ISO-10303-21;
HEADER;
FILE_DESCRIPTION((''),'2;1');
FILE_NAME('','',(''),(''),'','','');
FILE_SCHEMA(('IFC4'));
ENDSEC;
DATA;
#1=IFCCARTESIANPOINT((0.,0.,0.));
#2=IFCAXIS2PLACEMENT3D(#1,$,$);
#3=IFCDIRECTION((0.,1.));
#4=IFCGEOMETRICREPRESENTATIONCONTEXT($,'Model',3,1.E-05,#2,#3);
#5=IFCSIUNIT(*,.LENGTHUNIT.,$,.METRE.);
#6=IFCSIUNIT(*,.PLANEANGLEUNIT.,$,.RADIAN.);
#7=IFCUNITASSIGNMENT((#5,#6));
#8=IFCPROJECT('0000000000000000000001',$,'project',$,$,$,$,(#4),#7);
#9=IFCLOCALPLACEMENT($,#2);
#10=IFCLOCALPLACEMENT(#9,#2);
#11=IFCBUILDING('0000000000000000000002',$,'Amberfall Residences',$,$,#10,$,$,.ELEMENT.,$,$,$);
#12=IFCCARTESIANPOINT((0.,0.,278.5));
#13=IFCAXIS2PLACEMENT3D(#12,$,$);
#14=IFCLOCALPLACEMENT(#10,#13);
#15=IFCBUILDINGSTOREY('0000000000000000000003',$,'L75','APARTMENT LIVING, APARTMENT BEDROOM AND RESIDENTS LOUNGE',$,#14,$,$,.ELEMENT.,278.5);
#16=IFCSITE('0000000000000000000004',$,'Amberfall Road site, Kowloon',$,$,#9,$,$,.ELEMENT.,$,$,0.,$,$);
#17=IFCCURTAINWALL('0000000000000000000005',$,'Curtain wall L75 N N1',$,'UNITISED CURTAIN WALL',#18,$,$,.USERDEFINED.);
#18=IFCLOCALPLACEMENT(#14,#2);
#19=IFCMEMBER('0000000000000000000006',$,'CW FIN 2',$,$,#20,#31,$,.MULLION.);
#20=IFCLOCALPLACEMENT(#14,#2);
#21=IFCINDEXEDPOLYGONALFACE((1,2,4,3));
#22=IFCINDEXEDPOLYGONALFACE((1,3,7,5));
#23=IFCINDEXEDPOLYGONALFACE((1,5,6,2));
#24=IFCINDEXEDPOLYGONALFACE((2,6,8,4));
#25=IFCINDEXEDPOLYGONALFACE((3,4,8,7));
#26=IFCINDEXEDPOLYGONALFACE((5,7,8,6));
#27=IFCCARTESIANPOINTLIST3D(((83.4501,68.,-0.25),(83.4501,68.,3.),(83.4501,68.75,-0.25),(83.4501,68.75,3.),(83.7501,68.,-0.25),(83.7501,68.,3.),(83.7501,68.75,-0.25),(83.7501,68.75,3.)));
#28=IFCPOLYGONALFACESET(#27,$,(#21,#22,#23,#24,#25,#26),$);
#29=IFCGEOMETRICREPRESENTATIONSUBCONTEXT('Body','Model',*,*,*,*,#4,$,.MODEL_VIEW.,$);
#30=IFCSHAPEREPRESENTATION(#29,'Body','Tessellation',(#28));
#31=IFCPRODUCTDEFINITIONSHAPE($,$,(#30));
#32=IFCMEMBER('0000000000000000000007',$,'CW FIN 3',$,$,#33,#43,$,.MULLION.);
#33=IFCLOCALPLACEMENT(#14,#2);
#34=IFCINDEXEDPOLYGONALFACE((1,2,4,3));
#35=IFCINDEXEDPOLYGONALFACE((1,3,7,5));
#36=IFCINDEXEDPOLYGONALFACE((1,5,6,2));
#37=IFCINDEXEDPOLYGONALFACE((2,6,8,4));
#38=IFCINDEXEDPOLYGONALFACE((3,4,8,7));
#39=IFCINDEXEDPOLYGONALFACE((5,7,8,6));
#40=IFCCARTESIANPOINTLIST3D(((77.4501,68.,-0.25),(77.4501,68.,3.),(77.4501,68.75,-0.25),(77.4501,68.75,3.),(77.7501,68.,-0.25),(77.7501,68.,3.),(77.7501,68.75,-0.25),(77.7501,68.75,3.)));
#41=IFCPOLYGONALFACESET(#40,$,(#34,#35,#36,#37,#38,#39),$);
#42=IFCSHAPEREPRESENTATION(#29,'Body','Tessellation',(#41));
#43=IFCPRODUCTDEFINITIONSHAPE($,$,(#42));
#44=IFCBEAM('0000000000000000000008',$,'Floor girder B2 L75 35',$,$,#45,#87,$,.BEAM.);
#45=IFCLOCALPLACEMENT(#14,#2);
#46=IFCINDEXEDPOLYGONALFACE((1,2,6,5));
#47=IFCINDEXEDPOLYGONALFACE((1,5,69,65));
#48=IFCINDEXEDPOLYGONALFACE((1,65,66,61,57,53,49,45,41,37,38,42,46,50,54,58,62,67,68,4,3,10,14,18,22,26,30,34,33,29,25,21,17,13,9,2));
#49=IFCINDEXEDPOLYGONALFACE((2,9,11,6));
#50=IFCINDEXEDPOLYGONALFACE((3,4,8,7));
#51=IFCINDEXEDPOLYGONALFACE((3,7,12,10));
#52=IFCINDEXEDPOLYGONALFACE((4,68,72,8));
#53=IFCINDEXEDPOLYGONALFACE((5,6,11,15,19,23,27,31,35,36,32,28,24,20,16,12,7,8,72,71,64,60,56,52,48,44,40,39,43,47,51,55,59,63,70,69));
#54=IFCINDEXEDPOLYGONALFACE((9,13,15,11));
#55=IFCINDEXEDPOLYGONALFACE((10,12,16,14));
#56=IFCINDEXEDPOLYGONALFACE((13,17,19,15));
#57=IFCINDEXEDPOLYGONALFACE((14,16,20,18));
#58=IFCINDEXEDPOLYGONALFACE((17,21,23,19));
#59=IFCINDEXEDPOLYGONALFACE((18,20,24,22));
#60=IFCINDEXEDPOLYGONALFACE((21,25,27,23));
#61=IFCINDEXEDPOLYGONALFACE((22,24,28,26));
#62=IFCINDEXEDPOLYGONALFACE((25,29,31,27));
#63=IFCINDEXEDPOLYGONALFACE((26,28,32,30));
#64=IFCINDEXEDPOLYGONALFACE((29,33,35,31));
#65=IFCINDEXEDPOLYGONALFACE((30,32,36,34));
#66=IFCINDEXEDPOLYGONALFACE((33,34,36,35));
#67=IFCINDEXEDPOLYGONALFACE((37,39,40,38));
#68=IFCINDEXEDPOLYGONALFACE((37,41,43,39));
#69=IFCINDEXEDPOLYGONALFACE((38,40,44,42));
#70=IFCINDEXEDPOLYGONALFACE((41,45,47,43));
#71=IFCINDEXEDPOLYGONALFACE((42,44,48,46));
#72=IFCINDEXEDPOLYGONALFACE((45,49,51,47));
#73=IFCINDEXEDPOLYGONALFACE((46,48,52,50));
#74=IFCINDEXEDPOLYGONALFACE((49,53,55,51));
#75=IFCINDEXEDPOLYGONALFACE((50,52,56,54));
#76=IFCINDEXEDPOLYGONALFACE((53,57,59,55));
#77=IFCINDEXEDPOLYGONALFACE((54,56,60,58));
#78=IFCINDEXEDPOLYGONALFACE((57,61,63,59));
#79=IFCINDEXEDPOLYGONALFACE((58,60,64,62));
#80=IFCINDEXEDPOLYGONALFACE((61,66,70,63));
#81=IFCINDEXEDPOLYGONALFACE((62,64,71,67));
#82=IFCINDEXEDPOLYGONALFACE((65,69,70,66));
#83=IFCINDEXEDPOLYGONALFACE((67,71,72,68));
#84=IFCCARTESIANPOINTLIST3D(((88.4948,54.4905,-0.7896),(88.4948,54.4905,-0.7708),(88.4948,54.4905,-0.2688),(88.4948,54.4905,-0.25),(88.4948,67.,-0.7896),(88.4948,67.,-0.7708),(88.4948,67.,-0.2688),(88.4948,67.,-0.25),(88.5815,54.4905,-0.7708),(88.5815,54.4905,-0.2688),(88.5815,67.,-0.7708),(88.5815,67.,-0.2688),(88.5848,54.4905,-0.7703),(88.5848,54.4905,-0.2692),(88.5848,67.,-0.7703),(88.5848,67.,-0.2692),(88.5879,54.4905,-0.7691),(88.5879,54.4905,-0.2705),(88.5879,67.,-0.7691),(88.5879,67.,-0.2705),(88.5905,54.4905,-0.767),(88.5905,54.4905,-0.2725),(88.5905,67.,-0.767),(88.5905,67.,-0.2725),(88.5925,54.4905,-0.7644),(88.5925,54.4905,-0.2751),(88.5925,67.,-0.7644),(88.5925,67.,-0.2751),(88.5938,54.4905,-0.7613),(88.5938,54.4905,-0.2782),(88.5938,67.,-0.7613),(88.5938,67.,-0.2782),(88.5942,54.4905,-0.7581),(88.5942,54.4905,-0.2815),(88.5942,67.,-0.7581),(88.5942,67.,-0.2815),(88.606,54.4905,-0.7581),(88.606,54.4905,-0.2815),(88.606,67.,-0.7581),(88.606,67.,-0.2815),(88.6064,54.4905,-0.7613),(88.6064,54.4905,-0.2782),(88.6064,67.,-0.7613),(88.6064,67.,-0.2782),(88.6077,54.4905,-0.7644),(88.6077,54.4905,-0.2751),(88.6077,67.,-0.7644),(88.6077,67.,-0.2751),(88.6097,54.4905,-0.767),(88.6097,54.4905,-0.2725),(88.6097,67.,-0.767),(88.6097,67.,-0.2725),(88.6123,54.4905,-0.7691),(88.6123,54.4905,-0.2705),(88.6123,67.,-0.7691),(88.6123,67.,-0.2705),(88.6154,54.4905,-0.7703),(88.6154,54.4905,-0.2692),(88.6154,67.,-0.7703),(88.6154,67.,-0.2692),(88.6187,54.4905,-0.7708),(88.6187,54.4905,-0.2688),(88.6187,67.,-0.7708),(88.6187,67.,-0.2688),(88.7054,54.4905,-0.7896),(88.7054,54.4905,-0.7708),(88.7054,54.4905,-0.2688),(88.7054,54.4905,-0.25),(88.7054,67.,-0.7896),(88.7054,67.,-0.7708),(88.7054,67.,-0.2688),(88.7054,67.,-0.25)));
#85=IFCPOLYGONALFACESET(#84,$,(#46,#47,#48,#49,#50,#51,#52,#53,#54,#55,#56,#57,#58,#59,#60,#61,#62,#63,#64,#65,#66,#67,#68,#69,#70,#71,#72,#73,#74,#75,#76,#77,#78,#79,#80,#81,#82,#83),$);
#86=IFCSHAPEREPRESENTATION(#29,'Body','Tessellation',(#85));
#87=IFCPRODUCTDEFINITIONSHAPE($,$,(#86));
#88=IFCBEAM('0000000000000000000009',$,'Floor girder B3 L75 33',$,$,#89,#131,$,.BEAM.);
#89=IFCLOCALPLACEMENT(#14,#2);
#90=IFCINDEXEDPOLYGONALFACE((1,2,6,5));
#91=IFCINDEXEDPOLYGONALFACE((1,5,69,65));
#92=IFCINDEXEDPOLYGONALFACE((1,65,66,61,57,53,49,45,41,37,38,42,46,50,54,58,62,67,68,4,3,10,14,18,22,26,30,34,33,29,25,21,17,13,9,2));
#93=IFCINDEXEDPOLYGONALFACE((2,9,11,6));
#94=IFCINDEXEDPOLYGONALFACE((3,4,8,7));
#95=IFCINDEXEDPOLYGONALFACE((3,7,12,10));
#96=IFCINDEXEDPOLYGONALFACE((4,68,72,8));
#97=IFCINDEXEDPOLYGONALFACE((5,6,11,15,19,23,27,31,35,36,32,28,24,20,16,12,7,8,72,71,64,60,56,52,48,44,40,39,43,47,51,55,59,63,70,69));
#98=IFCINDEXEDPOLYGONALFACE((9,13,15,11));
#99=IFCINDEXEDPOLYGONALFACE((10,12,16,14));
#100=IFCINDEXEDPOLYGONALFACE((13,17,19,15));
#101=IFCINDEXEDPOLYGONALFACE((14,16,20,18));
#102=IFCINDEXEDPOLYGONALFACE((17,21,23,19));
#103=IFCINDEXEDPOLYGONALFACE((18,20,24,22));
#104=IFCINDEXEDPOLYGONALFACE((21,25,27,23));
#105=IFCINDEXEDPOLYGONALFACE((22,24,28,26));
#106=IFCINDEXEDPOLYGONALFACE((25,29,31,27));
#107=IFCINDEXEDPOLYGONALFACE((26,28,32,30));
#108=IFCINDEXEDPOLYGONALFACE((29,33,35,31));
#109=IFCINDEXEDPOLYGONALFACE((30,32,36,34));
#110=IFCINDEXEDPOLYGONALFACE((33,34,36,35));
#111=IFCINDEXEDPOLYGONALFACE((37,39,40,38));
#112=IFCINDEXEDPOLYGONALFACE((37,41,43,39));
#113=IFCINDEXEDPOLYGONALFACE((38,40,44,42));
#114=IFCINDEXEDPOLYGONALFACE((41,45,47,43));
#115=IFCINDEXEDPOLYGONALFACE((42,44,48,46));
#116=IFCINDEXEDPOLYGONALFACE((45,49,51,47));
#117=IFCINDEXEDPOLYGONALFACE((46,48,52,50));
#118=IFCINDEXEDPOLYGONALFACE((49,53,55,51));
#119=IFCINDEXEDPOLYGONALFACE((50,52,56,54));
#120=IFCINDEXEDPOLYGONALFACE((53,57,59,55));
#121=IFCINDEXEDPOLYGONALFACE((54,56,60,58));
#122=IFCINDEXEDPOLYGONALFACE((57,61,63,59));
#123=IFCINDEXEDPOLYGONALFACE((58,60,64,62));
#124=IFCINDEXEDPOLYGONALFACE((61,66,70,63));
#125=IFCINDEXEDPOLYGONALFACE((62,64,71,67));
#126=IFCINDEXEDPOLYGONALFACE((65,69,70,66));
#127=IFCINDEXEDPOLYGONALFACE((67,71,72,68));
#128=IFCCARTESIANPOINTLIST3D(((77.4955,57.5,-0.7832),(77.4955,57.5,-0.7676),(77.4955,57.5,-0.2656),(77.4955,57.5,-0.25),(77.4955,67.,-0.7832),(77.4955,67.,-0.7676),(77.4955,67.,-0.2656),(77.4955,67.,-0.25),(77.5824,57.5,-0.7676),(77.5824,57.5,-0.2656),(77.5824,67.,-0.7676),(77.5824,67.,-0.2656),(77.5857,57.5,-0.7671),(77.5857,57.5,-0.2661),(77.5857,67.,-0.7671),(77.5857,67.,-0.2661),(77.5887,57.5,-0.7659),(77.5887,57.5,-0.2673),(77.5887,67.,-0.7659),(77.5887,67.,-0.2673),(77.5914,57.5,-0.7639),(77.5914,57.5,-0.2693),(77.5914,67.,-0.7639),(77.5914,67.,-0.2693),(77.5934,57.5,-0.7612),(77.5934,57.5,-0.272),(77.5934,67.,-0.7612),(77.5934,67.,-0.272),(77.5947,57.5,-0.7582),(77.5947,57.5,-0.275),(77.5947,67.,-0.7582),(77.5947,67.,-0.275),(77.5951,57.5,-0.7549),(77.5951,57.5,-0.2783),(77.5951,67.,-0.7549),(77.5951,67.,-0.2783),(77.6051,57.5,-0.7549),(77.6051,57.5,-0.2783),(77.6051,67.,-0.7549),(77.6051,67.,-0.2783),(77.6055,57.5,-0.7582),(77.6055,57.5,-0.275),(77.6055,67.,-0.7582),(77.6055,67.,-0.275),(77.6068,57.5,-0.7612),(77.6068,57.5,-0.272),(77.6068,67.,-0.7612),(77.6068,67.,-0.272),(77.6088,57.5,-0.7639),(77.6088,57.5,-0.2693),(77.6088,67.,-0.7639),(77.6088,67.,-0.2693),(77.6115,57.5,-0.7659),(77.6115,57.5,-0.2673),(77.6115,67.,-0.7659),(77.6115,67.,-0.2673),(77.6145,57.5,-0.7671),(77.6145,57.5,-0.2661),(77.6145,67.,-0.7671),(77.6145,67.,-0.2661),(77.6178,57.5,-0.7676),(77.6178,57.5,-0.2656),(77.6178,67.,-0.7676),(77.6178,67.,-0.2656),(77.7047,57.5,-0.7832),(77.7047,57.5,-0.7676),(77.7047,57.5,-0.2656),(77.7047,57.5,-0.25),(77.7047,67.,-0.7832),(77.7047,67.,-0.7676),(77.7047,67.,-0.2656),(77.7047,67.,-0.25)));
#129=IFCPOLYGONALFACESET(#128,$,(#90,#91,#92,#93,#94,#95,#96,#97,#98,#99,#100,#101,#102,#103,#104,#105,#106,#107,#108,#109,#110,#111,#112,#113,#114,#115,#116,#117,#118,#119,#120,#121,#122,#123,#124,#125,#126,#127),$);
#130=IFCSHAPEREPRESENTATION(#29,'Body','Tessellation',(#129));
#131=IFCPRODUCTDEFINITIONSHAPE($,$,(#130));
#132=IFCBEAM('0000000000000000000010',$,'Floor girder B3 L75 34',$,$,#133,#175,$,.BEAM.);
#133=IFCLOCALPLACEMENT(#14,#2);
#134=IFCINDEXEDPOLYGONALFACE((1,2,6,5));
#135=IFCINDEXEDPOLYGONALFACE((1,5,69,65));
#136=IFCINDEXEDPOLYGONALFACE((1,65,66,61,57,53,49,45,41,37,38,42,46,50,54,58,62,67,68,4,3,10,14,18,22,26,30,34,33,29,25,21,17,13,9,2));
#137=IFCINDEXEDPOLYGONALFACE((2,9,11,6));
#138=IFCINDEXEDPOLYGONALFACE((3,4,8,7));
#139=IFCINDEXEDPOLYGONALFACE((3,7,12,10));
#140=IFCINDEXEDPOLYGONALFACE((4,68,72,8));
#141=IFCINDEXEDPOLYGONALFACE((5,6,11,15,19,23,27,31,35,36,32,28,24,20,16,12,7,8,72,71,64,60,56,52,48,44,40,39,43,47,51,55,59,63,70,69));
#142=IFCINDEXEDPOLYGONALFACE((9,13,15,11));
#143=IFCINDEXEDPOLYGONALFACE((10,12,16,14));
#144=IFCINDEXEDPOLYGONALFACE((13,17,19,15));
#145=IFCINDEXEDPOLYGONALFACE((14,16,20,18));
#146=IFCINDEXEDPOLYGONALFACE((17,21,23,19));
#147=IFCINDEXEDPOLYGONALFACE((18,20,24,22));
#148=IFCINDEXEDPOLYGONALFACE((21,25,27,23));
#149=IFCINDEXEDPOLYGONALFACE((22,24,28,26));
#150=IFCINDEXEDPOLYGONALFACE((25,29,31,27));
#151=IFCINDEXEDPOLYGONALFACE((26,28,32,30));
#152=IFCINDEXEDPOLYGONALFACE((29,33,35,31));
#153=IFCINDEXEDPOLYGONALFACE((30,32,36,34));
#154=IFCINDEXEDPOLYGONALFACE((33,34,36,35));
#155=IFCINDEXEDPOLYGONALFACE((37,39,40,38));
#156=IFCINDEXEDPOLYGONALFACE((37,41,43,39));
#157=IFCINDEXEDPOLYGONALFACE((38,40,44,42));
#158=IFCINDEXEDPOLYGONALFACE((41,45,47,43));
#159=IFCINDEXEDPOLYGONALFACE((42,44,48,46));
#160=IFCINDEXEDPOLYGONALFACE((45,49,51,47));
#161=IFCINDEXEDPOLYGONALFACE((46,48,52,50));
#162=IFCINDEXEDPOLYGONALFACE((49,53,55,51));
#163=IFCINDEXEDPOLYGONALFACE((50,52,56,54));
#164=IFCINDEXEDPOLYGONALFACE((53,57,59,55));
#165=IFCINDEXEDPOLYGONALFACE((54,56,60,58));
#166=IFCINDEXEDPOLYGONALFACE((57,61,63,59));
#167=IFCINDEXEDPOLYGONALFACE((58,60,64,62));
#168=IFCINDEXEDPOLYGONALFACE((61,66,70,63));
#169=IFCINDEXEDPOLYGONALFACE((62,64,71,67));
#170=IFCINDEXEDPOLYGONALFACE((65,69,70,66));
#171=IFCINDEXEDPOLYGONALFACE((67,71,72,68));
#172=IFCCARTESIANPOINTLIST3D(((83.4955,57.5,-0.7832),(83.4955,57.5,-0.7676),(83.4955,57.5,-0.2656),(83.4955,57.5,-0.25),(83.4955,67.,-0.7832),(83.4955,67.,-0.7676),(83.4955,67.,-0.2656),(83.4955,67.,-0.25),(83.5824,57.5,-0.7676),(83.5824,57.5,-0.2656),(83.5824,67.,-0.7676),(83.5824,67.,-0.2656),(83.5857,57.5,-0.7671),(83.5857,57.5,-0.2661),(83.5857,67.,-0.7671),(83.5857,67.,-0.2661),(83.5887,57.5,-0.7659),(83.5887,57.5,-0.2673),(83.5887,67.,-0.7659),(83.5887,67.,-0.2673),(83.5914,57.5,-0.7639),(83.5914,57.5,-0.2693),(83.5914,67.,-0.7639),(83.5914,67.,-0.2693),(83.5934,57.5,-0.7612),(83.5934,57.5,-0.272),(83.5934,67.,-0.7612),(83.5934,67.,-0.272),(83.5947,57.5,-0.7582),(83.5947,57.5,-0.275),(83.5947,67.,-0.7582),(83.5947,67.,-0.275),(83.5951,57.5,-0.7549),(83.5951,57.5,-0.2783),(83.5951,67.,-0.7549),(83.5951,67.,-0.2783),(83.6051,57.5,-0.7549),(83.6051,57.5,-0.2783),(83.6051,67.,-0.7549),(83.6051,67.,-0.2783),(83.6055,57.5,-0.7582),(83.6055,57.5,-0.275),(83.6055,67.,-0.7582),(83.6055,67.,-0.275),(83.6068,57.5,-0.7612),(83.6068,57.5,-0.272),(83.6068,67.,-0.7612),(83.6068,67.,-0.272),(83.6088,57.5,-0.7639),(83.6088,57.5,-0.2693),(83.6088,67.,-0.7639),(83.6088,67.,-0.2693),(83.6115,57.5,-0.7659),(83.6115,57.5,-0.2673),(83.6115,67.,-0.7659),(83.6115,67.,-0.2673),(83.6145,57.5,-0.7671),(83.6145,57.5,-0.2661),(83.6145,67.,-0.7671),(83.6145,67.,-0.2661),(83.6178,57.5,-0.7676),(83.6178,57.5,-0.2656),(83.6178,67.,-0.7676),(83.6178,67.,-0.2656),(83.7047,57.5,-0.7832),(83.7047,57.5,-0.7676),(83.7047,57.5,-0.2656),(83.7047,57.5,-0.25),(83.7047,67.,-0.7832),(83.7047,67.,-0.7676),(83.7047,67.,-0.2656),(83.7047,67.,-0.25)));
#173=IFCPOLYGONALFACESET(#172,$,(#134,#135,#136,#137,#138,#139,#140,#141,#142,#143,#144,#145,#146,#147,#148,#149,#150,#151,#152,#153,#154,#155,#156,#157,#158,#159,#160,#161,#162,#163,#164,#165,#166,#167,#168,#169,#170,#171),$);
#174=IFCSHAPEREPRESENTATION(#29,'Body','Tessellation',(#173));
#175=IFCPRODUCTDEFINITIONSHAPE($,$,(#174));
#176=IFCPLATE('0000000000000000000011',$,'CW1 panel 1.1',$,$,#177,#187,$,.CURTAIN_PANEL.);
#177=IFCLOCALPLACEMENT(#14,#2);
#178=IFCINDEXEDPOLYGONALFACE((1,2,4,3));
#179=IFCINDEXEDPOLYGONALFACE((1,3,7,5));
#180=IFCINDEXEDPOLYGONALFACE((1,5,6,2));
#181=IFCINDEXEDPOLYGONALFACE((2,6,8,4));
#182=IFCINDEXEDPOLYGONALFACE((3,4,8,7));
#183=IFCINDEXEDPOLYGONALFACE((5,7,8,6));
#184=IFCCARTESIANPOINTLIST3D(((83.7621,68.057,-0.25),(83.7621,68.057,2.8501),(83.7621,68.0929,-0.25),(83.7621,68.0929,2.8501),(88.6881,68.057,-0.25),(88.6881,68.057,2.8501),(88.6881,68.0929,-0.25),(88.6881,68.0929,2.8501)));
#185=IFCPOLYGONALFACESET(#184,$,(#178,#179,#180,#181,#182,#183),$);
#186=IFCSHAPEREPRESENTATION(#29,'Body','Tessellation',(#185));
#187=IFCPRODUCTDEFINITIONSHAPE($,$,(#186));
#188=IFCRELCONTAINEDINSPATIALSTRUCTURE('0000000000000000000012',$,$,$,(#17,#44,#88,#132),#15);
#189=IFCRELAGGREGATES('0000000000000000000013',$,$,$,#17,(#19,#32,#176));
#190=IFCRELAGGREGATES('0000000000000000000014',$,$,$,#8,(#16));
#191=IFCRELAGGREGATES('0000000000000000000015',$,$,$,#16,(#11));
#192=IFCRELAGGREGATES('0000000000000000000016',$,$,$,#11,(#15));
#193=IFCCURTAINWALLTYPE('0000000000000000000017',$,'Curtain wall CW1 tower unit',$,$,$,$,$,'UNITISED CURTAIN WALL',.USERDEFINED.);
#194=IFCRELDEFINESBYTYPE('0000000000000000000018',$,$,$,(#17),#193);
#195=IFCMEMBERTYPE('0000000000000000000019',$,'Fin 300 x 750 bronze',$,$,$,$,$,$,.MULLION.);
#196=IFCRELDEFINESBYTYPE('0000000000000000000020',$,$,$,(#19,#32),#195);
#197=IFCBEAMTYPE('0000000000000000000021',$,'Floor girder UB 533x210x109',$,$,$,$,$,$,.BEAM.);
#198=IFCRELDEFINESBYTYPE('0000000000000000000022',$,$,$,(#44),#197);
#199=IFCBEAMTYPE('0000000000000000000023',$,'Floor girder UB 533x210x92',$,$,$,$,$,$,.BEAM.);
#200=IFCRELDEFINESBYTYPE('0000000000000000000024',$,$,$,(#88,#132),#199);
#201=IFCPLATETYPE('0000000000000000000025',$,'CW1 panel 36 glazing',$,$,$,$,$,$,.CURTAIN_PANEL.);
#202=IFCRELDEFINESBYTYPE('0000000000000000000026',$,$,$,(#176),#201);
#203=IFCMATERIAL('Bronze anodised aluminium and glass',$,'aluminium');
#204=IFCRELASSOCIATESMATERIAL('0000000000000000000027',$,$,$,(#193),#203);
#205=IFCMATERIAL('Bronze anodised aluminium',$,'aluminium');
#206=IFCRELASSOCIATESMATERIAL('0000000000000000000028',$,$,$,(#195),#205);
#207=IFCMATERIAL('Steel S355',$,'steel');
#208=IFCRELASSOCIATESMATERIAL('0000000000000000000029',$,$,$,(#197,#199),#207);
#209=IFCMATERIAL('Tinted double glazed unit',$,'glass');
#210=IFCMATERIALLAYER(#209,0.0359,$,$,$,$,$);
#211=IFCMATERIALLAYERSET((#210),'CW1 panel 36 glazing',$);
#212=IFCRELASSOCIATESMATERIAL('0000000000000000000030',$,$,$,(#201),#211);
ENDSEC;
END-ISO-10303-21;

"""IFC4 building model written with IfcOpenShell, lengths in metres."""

from ifc_helpers import new_model, si_unit, direction, frame, origin, origin_2d, place, context, subcontext, project, spatial, rectangle, i_section, extrude, material, layer, layer_set, material_profile, profile_set, type_object, element, aggregate, save


model = new_model("IFC4")

# Units and contexts
model_context = context("Model", 3, precision=1e-05, world=origin(), true_north=direction((0.0, 1.0)))
body_context = subcontext(model_context, "Body", "Model", "MODEL_VIEW")
ifc_project = project(units=[si_unit("LENGTHUNIT", "METRE"), si_unit("PLANEANGLEUNIT", "RADIAN")], contexts=[model_context])

# Site, building, storey
site_placement = place(None, origin())
site = spatial("IfcSite", under=ifc_project, at=site_placement, Name="Amberfall Road site, Kowloon", CompositionType="ELEMENT", RefElevation=0.0)
building_placement = place(site_placement, origin())
building = spatial("IfcBuilding", under=site, at=building_placement, Name="Amberfall Residences", CompositionType="ELEMENT")
storey_placement = place(building_placement, frame((0.0, 0.0, 278.5)))
storey = spatial("IfcBuildingStorey", under=building, at=storey_placement, Name="L75", Description="APARTMENT LIVING, APARTMENT BEDROOM AND RESIDENTS LOUNGE", CompositionType="ELEMENT", Elevation=278.5)

# Curtain wall
ifc_material_1 = material(Name="Bronze anodised aluminium and glass", Category="aluminium")
curtain_wall_type = type_object("IfcCurtainWallType", Name="Curtain wall CW1 tower unit", ElementType="UNITISED CURTAIN WALL", PredefinedType="USERDEFINED", material=ifc_material_1)
curtain_wall_placement = place(storey_placement, origin())
curtain_wall = element("IfcCurtainWall", 1, at=curtain_wall_placement, inside=storey, type_object=curtain_wall_type, Name="Curtain wall L75 N N1", ObjectType="UNITISED CURTAIN WALL", PredefinedType="USERDEFINED")
ifc_material_2 = material(Name="Bronze anodised aluminium", Category="aluminium")

# Shared definitions
ifc_material_3 = material(Name="Steel S355", Category="steel")

# Members
ifc_material_profile_1 = material_profile(ifc_material_2, rectangle(XDim=0.75, YDim=0.3, at=origin_2d()), Name="Fin 300 x 750 bronze")
ifc_profile_set_1 = profile_set([ifc_material_profile_1], Name="Bronze anodised aluminium")
member_type_1 = type_object("IfcMemberType", Name="Fin 300 x 750 bronze", PredefinedType="MULLION", material=ifc_profile_set_1)
member_1_placement = place(storey_placement, frame((83.6001, 68.375, -0.25), z_axis=(0.0, 0.0, 1.0), x_axis=(0.0, -1.0, 0.0)))
member_1 = element("IfcMember", 2, at=member_1_placement, type_object=member_type_1, Name="CW FIN 2", PredefinedType="MULLION", context=body_context, shape_type="SweptSolid", body=[
    extrude(rectangle(XDim=0.75, YDim=0.3, at=origin_2d()), origin(), (0.0, 0.0, 1.0), 3.25),
])
member_2_placement = place(storey_placement, frame((77.6001, 68.375, -0.25), z_axis=(0.0, 0.0, 1.0), x_axis=(0.0, -1.0, 0.0)))
member_2 = element("IfcMember", 3, at=member_2_placement, type_object=member_type_1, Name="CW FIN 3", PredefinedType="MULLION", context=body_context, shape_type="SweptSolid", body=[
    extrude(rectangle(XDim=0.75, YDim=0.3, at=origin_2d()), origin(), (0.0, 0.0, 1.0), 3.25),
])

# Beams
ifc_material_profile_2 = material_profile(ifc_material_3, i_section(OverallWidth=0.2107, OverallDepth=0.5396, WebThickness=0.0117, FlangeThickness=0.0188, FilletRadius=0.0127, at=origin_2d()), Name="UB 533x210x109")
ifc_profile_set_2 = profile_set([ifc_material_profile_2], Name="Steel S355")
beam_type_1 = type_object("IfcBeamType", Name="Floor girder UB 533x210x109", PredefinedType="BEAM", material=ifc_profile_set_2)
beam_1_placement = place(storey_placement, frame((88.6001, 67.0, -0.5198), z_axis=(0.0, -1.0, 0.0), x_axis=(1.0, 0.0, 0.0)))
element("IfcBeam", 4, at=beam_1_placement, inside=storey, type_object=beam_type_1, Name="Floor girder B2 L75 35", PredefinedType="BEAM", context=body_context, shape_type="SweptSolid", body=[
    extrude(i_section(OverallWidth=0.2107, OverallDepth=0.5396, WebThickness=0.0117, FlangeThickness=0.0188, FilletRadius=0.0127, at=origin_2d()), origin(), (0.0, 0.0, 1.0), 12.5095),
])
ifc_material_profile_3 = material_profile(ifc_material_3, i_section(OverallWidth=0.2092, OverallDepth=0.5332, WebThickness=0.01, FlangeThickness=0.0156, FilletRadius=0.0127, at=origin_2d()), Name="UB 533x210x92")
ifc_profile_set_3 = profile_set([ifc_material_profile_3], Name="Steel S355")
beam_type_2 = type_object("IfcBeamType", Name="Floor girder UB 533x210x92", PredefinedType="BEAM", material=ifc_profile_set_3)
for number, where, z_axis, x_axis, name in (
    (5, (77.6001, 67.0, -0.5166), (0.0, -1.0, 0.0), (1.0, 0.0, 0.0), "Floor girder B3 L75 33"),
    (6, (83.6001, 67.0, -0.5166), (0.0, -1.0, 0.0), (1.0, 0.0, 0.0), "Floor girder B3 L75 34"),
):
    element("IfcBeam", number, at=place(storey_placement, frame(where, z_axis=z_axis, x_axis=x_axis)), inside=storey, type_object=beam_type_2, Name=name, PredefinedType="BEAM", context=body_context, shape_type="SweptSolid", body=[
        extrude(i_section(OverallWidth=0.2092, OverallDepth=0.5332, WebThickness=0.01, FlangeThickness=0.0156, FilletRadius=0.0127, at=origin_2d()), origin(), (0.0, 0.0, 1.0), 9.5),
    ])

# Plate
ifc_material_4 = material(Name="Tinted double glazed unit", Category="glass")
ifc_layer_1 = layer(ifc_material_4, 0.0359)
ifc_layer_set_1 = layer_set([ifc_layer_1], Name="CW1 panel 36 glazing")
plate_type = type_object("IfcPlateType", Name="CW1 panel 36 glazing", PredefinedType="CURTAIN_PANEL", material=ifc_layer_set_1)
plate_1_placement = place(storey_placement, frame((86.2251, 68.075, -0.25), z_axis=(0.0, 0.0, 1.0), x_axis=(-1.0, 0.0, 0.0)))
plate_1 = element("IfcPlate", 7, at=plate_1_placement, type_object=plate_type, Name="CW1 panel 1.1", PredefinedType="CURTAIN_PANEL", context=body_context, shape_type="SweptSolid", body=[
    extrude(rectangle(XDim=4.926, YDim=0.0359, at=origin_2d()), origin(), (0.0, 0.0, 1.0), 3.1001),
])
aggregate(curtain_wall, [member_1, member_2, plate_1])

save(model, "model.ifc")
